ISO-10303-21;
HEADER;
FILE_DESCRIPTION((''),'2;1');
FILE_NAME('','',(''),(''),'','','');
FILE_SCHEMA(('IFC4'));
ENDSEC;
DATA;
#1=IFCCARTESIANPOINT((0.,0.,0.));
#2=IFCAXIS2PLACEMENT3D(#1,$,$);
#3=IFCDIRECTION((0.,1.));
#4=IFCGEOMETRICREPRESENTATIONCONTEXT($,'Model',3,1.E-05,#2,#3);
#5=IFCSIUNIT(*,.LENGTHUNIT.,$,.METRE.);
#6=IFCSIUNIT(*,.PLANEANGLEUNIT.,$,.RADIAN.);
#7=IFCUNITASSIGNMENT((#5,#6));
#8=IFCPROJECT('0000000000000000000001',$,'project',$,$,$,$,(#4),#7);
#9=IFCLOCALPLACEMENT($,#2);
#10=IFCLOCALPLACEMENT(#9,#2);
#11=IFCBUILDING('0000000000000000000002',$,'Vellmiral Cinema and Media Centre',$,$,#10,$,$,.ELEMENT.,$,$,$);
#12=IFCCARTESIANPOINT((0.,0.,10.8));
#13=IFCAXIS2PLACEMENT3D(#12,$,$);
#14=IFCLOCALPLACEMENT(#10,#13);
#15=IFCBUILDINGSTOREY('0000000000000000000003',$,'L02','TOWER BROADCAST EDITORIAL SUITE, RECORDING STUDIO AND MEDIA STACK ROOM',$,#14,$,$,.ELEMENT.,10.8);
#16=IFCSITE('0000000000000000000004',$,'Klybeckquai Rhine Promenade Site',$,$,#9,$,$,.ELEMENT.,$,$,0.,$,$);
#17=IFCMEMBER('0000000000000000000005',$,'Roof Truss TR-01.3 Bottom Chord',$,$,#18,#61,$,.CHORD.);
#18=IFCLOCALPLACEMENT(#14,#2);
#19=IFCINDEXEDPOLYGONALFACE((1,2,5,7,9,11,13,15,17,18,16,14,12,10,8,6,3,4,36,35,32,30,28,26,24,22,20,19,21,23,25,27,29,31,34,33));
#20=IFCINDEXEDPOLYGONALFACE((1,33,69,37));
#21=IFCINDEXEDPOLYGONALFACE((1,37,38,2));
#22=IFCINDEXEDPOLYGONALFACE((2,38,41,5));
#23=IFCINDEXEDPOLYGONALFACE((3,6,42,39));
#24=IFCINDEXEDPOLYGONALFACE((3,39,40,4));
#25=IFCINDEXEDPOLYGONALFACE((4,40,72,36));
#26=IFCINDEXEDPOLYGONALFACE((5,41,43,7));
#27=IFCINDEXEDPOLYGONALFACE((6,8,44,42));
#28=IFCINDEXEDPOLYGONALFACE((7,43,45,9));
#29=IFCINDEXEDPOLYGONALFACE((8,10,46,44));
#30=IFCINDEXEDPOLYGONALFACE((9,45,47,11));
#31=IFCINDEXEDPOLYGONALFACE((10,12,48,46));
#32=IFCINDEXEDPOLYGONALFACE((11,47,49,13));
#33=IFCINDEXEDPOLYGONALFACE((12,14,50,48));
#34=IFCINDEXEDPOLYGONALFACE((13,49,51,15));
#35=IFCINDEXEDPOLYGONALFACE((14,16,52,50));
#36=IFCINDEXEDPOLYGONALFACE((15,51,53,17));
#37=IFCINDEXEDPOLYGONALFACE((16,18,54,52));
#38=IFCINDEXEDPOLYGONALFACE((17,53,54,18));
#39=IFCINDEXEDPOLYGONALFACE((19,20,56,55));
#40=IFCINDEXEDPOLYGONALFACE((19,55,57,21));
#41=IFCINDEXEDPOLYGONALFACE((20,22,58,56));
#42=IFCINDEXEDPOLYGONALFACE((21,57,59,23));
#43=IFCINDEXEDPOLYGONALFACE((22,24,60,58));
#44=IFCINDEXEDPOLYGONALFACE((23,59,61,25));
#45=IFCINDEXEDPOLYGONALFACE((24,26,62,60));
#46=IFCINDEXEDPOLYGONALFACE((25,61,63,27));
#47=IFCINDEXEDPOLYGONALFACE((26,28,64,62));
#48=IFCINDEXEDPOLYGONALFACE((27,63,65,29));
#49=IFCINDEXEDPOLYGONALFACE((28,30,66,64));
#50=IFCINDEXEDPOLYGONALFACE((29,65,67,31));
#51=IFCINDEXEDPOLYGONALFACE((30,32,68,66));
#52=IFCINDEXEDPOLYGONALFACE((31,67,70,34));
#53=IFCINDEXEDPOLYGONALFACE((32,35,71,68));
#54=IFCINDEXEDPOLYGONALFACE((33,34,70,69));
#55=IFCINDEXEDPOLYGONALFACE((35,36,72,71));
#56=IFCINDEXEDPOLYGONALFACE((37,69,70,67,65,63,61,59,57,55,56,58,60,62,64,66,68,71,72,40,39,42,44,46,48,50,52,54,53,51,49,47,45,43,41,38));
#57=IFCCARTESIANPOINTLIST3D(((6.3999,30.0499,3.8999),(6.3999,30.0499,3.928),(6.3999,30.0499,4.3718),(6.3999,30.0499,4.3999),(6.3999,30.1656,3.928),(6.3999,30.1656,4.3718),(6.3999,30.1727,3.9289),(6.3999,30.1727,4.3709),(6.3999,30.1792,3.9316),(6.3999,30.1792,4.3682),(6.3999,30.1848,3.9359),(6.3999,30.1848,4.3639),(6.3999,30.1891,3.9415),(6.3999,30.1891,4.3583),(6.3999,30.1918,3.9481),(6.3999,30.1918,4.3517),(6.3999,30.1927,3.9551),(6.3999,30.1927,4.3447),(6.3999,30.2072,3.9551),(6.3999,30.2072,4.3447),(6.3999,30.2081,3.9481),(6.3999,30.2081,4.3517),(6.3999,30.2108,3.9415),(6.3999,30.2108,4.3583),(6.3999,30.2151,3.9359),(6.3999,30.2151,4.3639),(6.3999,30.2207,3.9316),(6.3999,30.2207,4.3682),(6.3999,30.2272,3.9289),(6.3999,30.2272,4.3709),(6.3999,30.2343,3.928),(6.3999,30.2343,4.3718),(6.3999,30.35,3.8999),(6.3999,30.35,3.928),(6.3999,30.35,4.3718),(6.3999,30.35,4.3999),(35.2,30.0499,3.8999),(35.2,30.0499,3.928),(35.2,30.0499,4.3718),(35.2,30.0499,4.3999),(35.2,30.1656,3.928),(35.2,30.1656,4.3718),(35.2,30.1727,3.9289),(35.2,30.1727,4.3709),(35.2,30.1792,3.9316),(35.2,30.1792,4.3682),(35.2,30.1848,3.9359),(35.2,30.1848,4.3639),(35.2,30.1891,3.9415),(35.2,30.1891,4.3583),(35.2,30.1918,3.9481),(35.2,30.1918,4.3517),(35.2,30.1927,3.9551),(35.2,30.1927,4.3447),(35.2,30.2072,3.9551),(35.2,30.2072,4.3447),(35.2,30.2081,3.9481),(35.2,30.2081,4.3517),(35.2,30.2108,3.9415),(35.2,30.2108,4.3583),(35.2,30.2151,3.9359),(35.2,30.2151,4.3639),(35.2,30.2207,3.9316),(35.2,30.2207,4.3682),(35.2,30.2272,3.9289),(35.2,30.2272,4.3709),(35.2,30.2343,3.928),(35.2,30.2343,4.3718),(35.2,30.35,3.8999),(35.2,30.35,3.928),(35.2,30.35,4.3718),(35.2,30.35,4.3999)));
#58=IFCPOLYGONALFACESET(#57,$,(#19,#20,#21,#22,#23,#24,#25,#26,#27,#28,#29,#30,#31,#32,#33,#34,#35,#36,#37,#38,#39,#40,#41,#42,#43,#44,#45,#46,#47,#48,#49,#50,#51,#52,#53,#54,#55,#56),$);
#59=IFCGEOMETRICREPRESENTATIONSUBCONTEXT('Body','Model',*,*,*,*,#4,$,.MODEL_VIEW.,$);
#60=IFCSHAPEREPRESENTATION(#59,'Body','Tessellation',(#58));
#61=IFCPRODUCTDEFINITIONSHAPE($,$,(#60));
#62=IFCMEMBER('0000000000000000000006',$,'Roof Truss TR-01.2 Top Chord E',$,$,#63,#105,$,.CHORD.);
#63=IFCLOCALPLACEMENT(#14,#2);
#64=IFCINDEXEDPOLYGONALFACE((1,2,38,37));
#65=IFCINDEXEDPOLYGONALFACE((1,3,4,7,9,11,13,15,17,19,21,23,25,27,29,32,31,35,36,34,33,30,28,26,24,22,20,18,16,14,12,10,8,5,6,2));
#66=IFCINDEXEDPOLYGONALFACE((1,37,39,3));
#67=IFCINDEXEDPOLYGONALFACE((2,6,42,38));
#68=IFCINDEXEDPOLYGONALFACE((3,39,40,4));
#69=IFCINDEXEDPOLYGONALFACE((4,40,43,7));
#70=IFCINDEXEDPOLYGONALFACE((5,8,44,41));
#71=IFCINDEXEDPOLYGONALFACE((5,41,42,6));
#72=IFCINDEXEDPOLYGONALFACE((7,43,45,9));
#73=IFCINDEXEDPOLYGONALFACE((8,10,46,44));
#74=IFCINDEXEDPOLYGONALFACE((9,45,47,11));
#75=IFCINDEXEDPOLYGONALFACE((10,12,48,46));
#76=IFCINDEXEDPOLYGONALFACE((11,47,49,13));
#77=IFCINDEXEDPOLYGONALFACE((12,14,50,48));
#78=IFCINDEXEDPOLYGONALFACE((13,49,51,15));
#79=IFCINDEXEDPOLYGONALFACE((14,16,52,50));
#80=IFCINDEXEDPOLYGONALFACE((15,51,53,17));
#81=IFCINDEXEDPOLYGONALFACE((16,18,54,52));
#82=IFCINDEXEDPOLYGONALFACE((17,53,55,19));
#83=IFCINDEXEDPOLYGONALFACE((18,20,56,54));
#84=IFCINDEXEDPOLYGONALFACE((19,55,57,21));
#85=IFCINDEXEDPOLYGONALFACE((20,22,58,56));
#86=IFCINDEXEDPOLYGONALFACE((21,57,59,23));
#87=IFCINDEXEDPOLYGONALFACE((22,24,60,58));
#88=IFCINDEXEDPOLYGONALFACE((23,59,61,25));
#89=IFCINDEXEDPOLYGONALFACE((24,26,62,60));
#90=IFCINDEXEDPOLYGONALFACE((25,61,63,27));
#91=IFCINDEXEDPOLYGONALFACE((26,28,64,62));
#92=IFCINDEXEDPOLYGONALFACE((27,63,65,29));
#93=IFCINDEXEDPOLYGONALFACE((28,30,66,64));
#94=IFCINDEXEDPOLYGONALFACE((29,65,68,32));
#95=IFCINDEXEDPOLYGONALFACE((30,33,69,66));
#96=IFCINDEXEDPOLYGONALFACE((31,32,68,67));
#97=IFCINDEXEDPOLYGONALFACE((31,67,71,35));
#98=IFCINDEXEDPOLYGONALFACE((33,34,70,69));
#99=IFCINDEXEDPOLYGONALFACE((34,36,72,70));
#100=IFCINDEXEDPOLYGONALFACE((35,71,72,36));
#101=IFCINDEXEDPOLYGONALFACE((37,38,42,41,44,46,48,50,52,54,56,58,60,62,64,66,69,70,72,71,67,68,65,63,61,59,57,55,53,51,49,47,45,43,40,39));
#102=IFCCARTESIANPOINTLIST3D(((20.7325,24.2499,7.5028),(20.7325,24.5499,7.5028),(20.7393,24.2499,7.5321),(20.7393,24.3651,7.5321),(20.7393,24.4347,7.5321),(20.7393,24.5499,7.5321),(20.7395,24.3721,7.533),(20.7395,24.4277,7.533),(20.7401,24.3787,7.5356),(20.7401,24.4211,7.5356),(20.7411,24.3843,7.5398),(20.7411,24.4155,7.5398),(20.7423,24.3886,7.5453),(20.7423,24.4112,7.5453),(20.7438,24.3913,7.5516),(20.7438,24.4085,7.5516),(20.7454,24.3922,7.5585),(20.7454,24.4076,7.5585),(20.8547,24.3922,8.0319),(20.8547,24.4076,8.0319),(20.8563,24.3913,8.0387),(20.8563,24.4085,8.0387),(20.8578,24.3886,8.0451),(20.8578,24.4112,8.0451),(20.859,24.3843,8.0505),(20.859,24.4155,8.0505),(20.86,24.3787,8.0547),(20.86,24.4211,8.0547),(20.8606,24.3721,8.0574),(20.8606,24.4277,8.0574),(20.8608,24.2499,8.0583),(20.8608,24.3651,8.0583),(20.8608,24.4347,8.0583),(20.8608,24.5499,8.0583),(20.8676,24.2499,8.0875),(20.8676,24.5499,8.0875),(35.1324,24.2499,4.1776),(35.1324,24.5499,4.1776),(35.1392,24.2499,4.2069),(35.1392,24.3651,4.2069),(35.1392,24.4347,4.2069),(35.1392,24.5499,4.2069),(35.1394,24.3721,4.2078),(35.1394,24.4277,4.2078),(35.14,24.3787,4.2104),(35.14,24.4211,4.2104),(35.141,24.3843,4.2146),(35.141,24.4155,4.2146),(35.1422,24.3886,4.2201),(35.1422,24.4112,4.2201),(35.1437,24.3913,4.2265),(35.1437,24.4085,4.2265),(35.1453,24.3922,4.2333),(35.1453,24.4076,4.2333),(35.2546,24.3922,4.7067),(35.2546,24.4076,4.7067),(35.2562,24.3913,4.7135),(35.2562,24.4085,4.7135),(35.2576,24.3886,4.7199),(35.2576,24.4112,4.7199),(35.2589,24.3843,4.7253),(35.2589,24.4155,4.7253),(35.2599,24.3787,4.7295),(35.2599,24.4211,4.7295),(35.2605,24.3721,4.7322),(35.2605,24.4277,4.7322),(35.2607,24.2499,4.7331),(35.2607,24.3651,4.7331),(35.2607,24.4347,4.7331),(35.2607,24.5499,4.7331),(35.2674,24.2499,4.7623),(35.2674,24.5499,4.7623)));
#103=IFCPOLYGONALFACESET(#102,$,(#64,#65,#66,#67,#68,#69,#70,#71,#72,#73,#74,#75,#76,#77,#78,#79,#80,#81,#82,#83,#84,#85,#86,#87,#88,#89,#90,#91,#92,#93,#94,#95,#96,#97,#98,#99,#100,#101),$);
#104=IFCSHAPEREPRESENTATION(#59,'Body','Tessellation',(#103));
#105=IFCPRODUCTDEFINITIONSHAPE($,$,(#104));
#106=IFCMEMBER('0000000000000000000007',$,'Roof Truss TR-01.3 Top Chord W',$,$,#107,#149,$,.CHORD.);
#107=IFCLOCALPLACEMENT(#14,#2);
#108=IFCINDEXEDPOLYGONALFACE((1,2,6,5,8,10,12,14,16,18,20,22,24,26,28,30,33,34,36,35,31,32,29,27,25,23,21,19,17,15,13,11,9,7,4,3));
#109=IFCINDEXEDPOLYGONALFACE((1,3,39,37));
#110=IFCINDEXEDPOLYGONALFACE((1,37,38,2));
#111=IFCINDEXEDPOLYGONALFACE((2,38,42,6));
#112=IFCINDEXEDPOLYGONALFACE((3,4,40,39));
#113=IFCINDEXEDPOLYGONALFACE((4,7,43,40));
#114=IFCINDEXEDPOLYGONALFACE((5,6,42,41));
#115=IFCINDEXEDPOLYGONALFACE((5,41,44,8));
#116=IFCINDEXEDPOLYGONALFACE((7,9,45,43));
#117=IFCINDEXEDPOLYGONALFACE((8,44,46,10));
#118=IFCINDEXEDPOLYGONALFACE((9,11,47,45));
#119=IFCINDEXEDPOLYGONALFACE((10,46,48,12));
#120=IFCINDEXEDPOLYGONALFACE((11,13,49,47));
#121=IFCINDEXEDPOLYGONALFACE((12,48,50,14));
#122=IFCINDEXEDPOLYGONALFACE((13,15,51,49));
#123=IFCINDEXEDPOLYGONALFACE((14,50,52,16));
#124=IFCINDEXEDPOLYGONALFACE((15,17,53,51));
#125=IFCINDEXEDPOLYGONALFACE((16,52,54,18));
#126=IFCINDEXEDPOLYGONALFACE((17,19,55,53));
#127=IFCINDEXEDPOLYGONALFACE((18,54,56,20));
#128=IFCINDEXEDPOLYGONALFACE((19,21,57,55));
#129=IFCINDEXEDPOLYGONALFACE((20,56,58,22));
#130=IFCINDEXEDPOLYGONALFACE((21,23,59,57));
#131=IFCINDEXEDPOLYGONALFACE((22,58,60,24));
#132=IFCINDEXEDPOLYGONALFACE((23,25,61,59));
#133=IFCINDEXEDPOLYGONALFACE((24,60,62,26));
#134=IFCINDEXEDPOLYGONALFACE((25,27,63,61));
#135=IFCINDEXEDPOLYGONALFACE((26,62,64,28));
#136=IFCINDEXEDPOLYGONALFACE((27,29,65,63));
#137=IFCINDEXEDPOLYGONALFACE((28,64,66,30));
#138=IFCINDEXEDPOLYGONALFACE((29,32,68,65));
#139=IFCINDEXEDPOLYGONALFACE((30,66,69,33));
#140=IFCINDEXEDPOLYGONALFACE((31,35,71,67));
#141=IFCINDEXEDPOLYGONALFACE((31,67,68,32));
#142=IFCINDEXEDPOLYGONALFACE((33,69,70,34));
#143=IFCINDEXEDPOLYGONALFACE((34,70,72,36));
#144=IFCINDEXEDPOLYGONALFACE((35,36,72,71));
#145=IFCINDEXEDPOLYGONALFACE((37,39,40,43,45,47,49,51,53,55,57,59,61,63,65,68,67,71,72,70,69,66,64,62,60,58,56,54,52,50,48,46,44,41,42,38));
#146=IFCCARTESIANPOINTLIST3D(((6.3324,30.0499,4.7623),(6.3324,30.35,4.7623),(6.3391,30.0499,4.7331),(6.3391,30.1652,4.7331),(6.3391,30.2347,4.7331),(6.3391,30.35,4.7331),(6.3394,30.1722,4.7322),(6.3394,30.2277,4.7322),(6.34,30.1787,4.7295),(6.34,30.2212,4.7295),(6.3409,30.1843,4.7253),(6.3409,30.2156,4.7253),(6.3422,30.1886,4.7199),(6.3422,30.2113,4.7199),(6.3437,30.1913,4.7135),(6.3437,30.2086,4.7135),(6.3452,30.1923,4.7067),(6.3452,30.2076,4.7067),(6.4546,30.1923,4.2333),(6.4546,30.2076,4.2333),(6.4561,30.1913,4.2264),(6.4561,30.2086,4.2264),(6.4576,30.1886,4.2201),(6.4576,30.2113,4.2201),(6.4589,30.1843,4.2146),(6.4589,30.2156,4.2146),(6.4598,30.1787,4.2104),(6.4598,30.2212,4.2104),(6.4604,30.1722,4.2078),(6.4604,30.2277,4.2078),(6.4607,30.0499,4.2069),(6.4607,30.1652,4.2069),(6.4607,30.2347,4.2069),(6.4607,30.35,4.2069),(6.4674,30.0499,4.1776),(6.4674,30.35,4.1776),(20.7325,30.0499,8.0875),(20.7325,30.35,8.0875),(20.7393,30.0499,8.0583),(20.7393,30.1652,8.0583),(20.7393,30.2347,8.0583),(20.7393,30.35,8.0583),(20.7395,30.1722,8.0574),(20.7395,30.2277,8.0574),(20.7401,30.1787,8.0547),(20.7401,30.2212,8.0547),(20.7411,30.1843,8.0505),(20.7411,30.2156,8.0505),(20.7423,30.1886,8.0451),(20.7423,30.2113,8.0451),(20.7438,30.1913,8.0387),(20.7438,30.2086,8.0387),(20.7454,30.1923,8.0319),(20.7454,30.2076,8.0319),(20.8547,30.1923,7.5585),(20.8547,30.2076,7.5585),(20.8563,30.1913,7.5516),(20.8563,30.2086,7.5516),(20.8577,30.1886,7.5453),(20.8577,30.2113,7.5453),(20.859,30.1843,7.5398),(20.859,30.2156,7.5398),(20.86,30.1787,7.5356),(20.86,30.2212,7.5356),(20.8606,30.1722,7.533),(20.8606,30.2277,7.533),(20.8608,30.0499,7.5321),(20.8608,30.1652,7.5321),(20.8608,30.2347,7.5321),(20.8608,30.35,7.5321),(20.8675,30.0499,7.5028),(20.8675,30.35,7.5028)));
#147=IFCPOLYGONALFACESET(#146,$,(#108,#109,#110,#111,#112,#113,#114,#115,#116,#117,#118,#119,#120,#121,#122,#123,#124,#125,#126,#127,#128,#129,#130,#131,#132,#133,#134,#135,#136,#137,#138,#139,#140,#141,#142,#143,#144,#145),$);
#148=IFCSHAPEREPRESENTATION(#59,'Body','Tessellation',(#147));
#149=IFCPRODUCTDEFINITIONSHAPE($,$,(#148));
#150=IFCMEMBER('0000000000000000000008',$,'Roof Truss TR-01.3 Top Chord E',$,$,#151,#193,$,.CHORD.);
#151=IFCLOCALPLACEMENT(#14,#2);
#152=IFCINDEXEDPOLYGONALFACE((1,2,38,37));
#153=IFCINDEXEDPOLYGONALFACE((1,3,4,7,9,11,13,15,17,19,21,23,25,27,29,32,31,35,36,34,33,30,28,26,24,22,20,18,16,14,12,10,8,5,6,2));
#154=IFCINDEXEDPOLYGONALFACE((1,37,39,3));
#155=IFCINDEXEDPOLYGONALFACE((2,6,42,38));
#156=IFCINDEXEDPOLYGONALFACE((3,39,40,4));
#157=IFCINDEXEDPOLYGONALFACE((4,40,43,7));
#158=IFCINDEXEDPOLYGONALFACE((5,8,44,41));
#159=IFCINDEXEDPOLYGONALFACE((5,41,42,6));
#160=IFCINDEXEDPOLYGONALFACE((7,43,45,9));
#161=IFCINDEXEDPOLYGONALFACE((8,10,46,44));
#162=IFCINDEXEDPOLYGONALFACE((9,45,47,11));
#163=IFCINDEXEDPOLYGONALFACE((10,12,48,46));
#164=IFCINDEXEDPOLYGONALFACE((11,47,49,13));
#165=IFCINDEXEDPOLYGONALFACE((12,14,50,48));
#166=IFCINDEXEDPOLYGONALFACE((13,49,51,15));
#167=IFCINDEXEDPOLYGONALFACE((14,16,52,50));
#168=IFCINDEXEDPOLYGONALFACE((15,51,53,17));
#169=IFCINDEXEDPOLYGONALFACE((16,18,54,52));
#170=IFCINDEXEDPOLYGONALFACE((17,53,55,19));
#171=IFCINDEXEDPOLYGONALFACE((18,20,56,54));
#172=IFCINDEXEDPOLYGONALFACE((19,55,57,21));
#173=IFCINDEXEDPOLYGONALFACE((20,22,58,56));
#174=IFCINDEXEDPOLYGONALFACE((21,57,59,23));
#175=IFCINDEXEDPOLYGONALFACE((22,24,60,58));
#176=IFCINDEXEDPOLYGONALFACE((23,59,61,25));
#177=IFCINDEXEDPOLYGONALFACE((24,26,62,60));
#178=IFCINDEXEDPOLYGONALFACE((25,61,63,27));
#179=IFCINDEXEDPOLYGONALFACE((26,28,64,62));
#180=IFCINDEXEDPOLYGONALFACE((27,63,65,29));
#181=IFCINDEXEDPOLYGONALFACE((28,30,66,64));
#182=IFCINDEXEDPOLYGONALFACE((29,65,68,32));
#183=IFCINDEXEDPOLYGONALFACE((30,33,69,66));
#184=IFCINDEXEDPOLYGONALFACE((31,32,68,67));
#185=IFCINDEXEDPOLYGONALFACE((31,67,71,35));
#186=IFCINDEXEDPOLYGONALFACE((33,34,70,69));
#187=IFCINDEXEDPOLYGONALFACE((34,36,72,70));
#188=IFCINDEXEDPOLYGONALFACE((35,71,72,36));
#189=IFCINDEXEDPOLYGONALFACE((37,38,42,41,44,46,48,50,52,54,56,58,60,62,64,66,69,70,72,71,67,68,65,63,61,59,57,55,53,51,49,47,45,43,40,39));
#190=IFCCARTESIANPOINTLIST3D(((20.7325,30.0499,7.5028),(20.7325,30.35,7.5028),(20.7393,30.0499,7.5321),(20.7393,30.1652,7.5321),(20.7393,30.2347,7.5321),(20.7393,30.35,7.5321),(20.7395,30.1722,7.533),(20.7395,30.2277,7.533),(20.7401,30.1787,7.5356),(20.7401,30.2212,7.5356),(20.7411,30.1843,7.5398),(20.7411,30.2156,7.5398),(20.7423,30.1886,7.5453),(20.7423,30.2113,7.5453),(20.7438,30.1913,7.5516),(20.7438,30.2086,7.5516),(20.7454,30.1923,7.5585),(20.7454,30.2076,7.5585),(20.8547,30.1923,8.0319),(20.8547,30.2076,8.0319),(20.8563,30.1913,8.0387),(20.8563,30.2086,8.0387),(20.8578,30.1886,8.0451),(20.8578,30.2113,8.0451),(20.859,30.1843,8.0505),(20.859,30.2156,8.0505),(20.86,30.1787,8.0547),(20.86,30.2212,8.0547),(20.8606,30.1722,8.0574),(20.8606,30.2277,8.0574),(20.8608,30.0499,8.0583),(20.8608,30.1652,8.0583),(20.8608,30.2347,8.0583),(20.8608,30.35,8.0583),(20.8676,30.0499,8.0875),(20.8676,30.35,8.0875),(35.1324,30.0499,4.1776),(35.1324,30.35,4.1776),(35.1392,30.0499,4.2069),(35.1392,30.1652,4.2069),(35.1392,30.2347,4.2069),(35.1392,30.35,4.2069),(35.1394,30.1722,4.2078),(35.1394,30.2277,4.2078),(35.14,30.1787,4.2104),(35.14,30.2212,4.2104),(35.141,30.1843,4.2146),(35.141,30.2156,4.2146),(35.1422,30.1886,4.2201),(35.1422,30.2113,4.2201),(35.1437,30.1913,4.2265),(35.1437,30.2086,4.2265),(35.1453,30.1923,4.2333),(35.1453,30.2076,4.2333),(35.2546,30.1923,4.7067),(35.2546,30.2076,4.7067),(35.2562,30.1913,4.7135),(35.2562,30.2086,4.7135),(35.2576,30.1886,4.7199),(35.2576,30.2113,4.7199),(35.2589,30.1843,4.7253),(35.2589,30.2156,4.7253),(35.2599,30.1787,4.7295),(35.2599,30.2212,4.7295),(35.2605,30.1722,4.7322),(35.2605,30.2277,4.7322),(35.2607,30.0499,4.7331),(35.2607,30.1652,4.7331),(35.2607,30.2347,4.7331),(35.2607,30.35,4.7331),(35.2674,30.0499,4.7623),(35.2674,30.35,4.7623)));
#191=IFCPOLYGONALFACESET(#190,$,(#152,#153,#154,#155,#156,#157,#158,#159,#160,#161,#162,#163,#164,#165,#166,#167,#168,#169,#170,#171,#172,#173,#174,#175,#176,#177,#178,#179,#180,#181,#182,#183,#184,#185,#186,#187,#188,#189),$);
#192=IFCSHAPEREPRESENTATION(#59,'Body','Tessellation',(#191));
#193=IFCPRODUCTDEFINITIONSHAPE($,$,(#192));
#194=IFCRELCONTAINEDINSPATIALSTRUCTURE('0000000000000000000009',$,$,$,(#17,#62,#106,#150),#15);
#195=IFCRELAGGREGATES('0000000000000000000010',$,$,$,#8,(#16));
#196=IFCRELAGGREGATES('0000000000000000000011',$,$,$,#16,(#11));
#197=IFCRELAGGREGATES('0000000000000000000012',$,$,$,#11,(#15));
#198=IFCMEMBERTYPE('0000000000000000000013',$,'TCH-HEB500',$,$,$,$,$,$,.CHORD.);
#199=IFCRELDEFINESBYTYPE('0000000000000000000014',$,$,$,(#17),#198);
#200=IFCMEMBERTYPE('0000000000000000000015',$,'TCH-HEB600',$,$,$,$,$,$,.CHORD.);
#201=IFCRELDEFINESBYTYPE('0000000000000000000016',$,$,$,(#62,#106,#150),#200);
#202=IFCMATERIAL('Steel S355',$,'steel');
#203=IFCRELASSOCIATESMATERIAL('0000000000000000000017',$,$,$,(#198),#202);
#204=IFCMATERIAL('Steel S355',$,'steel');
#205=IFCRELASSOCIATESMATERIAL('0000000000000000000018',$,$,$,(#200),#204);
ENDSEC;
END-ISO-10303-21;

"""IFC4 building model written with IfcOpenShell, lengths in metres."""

from ifc_helpers import new_model, si_unit, direction, frame, origin, origin_2d, place, context, subcontext, project, spatial, i_section, extrude, material, material_profile, profile_set, type_object, element, save


model = new_model("IFC4")

# Units and contexts
model_context = context("Model", 3, precision=1e-05, world=origin(), true_north=direction((0.0, 1.0)))
body_context = subcontext(model_context, "Body", "Model", "MODEL_VIEW")
ifc_project = project(units=[si_unit("LENGTHUNIT", "METRE"), si_unit("PLANEANGLEUNIT", "RADIAN")], contexts=[model_context])

# Site, building, storey
site_placement = place(None, origin())
site = spatial("IfcSite", under=ifc_project, at=site_placement, Name="Klybeckquai Rhine Promenade Site", CompositionType="ELEMENT", RefElevation=0.0)
building_placement = place(site_placement, origin())
building = spatial("IfcBuilding", under=site, at=building_placement, Name="Vellmiral Cinema and Media Centre", CompositionType="ELEMENT")
storey_placement = place(building_placement, frame((0.0, 0.0, 10.8)))
storey = spatial("IfcBuildingStorey", under=building, at=storey_placement, Name="L02", Description="TOWER BROADCAST EDITORIAL SUITE, RECORDING STUDIO AND MEDIA STACK ROOM", CompositionType="ELEMENT", Elevation=10.8)

# Members
ifc_material_1 = material(Name="Steel S355", Category="steel")
ifc_material_profile_1 = material_profile(ifc_material_1, i_section(OverallWidth=0.3, OverallDepth=0.5, WebThickness=0.0144, FlangeThickness=0.0281, FilletRadius=0.0271, at=origin_2d()), Name="HEB 500")
ifc_profile_set_1 = profile_set([ifc_material_profile_1], Name="Steel S355")
member_type_1 = type_object("IfcMemberType", Name="TCH-HEB500", PredefinedType="CHORD", material=ifc_profile_set_1)
member_1_placement = place(storey_placement, frame((6.3999, 30.2, 4.1499), z_axis=(1.0, 0.0, 0.0), x_axis=(0.0, 1.0, 0.0)))
element("IfcMember", 1, at=member_1_placement, inside=storey, type_object=member_type_1, Name="Roof Truss TR-01.3 Bottom Chord", PredefinedType="CHORD", context=body_context, shape_type="SweptSolid", body=[
    extrude(i_section(OverallWidth=0.3, OverallDepth=0.5, WebThickness=0.0144, FlangeThickness=0.0281, FilletRadius=0.0271, at=origin_2d()), origin(), (0.0, 0.0, 1.0), 28.8),
])
ifc_material_2 = material(Name="Steel S355", Category="steel")
ifc_material_profile_2 = material_profile(ifc_material_2, i_section(OverallWidth=0.3, OverallDepth=0.6001, WebThickness=0.0154, FlangeThickness=0.03, FilletRadius=0.0271, at=origin_2d()), Name="HEB 600")
ifc_profile_set_2 = profile_set([ifc_material_profile_2], Name="Steel S355")
member_type_2 = type_object("IfcMemberType", Name="TCH-HEB600", PredefinedType="CHORD", material=ifc_profile_set_2)
member_2_placement = place(storey_placement, frame((20.8, 24.3999, 7.7952), z_axis=(0.974359, 0.0, -0.224997), x_axis=(0.0, 1.0, 0.0)))
element("IfcMember", 2, at=member_2_placement, inside=storey, type_object=member_type_2, Name="Roof Truss TR-01.2 Top Chord E", PredefinedType="CHORD", context=body_context, shape_type="SweptSolid", body=[
    extrude(i_section(OverallWidth=0.3, OverallDepth=0.6001, WebThickness=0.0154, FlangeThickness=0.03, FilletRadius=0.0271, at=origin_2d()), origin(), (0.0, 0.0, 1.0), 14.7788),
])
member_3_placement = place(storey_placement, frame((6.3999, 30.2, 4.47), z_axis=(0.97436, 0.0, 0.224993), x_axis=(0.0, 1.0, 0.0)))
element("IfcMember", 3, at=member_3_placement, inside=storey, type_object=member_type_2, Name="Roof Truss TR-01.3 Top Chord W", PredefinedType="CHORD", context=body_context, shape_type="SweptSolid", body=[
    extrude(i_section(OverallWidth=0.3, OverallDepth=0.6001, WebThickness=0.0154, FlangeThickness=0.03, FilletRadius=0.0271, at=origin_2d()), origin(), (0.0, 0.0, 1.0), 14.7791),
])
member_4_placement = place(storey_placement, frame((20.8, 30.2, 7.7952), z_axis=(0.974359, 0.0, -0.224997), x_axis=(0.0, 1.0, 0.0)))
element("IfcMember", 4, at=member_4_placement, inside=storey, type_object=member_type_2, Name="Roof Truss TR-01.3 Top Chord E", PredefinedType="CHORD", context=body_context, shape_type="SweptSolid", body=[
    extrude(i_section(OverallWidth=0.3, OverallDepth=0.6001, WebThickness=0.0154, FlangeThickness=0.03, FilletRadius=0.0271, at=origin_2d()), origin(), (0.0, 0.0, 1.0), 14.7788),
])

save(model, "model.ifc")
